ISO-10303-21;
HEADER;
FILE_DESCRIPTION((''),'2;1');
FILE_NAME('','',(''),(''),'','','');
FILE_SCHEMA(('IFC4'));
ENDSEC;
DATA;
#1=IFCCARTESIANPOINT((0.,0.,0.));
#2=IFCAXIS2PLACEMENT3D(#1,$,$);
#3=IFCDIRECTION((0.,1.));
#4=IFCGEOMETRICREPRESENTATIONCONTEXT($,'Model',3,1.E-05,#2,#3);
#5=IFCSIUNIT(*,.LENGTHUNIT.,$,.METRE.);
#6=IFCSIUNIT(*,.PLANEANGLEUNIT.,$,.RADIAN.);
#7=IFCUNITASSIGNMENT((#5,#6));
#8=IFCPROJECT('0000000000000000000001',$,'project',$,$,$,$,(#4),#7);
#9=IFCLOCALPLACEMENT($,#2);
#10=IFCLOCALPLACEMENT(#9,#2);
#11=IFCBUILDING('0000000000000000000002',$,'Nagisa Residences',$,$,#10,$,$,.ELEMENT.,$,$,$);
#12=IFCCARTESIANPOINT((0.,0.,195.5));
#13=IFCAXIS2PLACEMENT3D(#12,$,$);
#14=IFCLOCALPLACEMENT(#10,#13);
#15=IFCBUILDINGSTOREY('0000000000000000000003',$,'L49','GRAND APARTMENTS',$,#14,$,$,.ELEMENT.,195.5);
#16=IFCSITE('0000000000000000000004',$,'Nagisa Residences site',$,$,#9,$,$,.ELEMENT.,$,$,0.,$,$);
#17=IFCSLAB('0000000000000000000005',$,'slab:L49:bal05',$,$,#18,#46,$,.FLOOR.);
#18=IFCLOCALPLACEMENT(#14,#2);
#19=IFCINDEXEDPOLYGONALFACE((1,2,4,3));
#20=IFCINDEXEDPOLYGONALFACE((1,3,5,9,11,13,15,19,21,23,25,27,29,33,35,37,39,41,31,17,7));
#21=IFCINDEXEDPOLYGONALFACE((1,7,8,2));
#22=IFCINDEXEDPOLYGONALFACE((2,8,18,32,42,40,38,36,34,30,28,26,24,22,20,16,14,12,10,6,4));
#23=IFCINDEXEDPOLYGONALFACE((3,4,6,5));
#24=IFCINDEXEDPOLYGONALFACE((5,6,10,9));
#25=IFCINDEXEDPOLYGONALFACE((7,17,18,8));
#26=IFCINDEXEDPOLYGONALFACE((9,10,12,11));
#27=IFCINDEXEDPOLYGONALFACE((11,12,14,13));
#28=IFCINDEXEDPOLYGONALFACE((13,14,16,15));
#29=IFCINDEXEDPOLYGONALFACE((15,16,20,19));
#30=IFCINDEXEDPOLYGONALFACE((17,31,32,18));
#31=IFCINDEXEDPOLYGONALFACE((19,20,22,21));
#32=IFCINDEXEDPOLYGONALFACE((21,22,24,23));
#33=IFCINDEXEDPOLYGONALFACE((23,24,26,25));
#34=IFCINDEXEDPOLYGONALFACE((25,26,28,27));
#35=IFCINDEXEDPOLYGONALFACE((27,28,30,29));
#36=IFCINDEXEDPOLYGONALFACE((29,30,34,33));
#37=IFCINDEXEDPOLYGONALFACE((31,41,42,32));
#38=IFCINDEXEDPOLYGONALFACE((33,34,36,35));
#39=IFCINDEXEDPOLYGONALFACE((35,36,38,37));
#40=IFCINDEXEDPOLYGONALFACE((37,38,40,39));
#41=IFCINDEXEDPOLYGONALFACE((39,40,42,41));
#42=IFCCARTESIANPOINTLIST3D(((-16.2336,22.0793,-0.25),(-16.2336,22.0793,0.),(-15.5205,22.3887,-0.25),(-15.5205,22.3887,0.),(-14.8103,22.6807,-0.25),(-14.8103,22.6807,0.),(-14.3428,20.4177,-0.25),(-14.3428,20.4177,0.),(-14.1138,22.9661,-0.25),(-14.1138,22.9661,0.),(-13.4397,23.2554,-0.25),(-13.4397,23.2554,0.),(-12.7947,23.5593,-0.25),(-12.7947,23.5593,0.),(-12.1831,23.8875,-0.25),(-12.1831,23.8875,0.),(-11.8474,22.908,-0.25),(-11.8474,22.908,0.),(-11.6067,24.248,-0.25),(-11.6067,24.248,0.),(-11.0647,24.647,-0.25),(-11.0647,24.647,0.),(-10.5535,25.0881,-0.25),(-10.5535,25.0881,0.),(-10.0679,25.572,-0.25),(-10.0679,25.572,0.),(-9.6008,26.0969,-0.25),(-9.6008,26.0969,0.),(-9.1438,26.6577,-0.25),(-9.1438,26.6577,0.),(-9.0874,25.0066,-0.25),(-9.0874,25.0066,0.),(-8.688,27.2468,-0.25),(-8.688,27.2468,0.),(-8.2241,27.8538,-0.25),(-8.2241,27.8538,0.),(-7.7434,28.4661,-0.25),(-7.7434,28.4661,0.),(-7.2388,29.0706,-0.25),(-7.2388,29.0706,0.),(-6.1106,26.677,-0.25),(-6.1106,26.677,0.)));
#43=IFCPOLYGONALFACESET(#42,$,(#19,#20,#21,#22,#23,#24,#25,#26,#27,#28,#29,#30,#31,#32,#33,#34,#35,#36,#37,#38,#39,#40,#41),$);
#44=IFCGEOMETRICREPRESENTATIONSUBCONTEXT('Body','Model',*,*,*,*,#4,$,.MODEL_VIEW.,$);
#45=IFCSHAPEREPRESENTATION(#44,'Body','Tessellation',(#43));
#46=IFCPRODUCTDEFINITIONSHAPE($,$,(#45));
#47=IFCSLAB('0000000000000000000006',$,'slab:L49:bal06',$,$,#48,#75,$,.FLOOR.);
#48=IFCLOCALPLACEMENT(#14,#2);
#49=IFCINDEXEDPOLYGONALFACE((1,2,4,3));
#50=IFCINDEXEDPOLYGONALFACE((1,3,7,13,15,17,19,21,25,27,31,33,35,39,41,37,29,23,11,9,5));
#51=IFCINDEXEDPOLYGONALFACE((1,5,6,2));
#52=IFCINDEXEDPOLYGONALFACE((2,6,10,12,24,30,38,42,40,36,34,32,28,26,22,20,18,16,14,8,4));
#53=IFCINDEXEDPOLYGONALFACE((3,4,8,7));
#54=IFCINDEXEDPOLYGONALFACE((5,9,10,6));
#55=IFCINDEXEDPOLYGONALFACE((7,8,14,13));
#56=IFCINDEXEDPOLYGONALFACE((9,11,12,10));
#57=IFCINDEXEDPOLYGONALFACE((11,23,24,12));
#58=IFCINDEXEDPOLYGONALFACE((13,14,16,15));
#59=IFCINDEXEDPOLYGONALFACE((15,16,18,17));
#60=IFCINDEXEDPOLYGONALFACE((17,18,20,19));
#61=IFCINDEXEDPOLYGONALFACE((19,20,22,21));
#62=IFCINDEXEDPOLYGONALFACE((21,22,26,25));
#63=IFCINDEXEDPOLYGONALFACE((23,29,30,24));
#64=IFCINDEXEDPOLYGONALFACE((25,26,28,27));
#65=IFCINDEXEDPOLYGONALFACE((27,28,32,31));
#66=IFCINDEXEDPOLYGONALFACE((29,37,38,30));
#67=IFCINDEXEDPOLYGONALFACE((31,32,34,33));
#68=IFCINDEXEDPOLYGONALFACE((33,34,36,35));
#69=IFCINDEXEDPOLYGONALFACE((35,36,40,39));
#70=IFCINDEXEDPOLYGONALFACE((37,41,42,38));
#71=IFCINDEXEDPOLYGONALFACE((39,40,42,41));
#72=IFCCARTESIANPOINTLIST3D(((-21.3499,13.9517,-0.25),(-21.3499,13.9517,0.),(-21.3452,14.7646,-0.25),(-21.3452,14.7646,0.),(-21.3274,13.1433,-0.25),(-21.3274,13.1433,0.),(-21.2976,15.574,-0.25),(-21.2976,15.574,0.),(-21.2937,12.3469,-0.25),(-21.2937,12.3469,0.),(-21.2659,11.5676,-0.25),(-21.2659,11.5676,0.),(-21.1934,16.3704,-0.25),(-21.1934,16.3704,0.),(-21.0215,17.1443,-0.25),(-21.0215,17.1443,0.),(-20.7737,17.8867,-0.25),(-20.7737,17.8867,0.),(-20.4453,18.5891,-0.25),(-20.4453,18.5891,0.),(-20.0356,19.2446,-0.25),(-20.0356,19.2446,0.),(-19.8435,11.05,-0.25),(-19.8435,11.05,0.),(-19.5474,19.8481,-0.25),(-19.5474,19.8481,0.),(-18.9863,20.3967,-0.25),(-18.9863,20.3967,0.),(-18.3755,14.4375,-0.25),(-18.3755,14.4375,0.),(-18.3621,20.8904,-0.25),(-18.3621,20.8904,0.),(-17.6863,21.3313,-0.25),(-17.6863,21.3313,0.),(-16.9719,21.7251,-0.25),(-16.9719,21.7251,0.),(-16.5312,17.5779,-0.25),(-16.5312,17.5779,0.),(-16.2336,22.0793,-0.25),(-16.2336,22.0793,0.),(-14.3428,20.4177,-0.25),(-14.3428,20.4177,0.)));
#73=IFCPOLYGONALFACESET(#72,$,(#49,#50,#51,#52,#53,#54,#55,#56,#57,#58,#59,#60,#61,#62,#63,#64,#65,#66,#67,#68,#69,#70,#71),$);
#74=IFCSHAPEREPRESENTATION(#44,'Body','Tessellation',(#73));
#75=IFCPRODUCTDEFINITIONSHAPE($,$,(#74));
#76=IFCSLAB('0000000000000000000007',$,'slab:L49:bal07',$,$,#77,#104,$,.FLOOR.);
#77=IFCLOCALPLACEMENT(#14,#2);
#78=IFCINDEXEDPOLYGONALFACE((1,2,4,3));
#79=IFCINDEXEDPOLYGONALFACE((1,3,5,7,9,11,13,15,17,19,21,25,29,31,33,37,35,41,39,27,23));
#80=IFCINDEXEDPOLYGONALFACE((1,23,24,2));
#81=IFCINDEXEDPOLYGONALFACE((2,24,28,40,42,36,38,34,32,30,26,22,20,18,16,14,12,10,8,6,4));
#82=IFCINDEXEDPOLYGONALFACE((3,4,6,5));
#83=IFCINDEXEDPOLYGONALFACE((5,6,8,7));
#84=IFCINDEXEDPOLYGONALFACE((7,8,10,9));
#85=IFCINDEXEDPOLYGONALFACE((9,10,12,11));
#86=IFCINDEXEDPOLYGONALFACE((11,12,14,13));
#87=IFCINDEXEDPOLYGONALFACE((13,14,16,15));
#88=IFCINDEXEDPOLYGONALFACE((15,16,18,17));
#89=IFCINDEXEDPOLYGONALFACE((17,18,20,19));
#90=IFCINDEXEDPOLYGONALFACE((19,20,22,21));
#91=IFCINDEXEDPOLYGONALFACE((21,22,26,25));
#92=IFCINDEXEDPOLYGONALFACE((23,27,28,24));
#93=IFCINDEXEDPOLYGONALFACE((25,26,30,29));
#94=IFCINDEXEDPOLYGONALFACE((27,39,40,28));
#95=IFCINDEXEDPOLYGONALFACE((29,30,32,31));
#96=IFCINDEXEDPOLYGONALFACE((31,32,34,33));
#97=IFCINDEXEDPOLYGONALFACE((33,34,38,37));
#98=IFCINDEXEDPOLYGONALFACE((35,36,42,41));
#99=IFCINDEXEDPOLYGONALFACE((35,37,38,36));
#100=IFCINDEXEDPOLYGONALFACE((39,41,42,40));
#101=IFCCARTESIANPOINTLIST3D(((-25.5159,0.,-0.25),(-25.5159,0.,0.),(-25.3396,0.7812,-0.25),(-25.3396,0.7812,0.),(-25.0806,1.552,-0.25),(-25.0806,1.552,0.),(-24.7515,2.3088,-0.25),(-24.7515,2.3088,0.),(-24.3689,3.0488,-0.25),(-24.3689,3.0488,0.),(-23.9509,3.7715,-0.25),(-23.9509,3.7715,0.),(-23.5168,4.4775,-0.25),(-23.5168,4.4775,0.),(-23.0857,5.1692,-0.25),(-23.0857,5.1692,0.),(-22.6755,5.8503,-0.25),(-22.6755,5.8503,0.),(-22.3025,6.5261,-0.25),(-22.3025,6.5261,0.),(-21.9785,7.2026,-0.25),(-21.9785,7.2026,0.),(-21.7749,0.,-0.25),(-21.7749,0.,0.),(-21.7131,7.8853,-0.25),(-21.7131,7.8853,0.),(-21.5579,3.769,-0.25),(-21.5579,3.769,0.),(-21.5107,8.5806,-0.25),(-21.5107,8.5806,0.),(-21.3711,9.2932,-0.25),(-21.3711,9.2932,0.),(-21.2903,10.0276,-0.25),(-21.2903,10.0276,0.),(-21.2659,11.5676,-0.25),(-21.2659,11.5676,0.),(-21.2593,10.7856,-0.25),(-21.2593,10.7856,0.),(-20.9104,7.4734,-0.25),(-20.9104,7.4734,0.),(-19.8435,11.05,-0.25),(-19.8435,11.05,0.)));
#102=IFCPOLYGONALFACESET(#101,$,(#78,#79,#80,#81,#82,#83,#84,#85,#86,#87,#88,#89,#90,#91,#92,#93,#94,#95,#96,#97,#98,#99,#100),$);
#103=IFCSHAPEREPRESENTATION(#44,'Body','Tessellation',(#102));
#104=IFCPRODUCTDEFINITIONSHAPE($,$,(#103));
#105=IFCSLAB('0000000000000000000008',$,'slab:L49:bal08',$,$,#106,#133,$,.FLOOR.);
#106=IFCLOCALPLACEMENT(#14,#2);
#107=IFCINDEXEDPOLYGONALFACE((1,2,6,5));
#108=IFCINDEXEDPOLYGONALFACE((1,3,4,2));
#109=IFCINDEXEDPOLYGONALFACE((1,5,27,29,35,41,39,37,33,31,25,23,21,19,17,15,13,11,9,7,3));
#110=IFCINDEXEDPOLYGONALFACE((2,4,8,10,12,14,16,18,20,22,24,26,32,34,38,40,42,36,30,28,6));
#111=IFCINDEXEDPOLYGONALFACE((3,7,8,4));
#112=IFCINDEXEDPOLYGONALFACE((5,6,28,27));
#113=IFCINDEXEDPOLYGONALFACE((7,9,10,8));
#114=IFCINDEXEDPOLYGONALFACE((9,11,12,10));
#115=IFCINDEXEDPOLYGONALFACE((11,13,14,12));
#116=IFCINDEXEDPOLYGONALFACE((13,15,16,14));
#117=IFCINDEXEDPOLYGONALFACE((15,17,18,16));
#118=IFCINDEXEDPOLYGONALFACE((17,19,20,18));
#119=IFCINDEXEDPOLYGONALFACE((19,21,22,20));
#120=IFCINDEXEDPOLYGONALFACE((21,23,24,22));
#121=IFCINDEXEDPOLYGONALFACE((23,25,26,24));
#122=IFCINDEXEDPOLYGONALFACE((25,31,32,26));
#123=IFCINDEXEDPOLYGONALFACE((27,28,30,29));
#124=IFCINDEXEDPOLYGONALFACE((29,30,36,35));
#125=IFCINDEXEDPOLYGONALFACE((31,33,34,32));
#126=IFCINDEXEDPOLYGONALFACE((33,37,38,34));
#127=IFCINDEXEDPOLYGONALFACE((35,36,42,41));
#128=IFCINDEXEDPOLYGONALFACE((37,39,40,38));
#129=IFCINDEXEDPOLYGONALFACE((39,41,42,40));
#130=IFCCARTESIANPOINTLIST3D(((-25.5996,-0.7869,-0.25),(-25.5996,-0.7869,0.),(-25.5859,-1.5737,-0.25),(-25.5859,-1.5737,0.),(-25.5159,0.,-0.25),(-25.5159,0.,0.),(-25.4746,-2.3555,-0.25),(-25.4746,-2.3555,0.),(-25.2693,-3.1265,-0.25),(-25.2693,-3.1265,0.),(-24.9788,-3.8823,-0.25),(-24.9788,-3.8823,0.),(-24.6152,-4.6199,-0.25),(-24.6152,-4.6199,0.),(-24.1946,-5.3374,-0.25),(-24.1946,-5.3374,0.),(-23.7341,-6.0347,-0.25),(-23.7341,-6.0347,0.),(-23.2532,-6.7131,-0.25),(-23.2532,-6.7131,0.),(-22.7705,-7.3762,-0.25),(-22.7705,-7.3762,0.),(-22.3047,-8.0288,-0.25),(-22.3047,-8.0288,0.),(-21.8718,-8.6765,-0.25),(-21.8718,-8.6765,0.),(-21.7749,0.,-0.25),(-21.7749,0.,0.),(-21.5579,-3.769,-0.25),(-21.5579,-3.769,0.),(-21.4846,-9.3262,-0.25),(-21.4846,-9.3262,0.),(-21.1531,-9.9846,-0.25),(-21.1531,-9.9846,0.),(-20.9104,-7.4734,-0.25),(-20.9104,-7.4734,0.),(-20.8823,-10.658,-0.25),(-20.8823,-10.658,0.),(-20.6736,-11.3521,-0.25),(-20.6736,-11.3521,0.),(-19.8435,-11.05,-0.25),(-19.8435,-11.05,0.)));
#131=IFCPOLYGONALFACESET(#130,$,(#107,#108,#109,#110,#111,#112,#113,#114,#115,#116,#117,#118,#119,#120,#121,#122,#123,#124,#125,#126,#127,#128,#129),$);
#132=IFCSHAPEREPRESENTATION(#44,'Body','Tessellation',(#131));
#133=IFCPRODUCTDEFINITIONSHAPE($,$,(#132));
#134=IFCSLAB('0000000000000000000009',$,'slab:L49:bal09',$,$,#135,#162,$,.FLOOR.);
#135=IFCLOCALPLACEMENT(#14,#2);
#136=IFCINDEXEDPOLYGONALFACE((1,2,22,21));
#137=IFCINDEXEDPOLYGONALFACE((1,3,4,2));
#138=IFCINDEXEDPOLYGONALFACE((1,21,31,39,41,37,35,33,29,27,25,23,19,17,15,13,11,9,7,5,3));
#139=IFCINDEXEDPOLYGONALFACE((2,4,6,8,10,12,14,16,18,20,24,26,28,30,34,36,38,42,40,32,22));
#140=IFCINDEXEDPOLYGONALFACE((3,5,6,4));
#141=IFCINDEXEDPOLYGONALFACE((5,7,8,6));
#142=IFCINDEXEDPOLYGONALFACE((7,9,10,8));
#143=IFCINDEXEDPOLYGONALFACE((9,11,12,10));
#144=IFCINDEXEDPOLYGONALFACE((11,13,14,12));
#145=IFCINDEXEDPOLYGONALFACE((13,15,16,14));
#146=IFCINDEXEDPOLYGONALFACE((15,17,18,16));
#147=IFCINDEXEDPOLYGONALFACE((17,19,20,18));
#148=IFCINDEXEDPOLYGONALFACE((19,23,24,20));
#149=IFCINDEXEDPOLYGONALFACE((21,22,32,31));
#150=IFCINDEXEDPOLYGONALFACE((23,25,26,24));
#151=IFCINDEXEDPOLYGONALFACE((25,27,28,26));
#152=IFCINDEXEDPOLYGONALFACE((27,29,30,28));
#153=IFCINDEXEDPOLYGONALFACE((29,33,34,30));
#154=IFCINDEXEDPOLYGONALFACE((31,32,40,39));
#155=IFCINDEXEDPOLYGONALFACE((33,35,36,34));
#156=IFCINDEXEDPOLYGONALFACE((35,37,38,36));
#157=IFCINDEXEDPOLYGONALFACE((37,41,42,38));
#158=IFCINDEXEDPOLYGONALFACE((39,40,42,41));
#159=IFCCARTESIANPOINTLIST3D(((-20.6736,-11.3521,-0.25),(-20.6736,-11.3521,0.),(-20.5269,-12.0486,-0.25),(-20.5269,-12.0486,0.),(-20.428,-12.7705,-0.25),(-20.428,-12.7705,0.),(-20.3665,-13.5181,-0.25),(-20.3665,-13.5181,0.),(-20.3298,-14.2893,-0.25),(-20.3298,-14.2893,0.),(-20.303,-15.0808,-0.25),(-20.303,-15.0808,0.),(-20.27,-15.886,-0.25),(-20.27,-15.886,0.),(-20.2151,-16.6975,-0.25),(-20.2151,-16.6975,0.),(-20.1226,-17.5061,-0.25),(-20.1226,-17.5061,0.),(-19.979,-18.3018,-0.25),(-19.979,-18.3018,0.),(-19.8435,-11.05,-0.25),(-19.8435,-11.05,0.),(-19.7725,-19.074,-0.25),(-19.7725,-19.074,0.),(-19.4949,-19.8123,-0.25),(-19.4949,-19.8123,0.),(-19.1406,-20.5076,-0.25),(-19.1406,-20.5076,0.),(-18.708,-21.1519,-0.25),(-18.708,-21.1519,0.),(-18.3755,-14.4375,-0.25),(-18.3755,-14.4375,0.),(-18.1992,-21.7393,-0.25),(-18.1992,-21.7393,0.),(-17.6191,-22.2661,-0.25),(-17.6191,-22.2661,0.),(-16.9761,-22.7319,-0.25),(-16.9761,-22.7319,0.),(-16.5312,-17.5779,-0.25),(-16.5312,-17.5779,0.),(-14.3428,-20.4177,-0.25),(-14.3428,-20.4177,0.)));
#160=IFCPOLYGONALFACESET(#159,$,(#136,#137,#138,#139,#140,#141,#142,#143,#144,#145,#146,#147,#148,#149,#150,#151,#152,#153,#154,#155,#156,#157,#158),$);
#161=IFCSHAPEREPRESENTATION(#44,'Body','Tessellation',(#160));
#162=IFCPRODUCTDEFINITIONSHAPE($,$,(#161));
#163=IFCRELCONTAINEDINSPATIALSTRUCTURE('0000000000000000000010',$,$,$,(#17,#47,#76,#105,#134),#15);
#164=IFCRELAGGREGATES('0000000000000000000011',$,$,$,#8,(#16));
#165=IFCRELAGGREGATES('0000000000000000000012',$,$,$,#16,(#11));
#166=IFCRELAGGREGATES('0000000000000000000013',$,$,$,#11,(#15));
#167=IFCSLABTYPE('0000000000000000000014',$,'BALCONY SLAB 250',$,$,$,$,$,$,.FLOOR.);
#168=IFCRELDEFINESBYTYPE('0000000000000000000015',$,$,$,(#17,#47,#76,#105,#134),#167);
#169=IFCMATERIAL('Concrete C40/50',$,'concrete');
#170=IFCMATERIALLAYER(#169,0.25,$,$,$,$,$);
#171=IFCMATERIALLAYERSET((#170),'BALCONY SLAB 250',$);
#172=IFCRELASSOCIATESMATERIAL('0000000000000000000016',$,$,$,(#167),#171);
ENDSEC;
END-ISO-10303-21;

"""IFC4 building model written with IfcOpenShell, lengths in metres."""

from ifc_helpers import new_model, si_unit, direction, frame, origin, place, context, subcontext, project, spatial, polyline, outline, extrude, material, layer, layer_set, type_object, element, save


model = new_model("IFC4")

# Units and contexts
model_context = context("Model", 3, precision=1e-05, world=origin(), true_north=direction((0.0, 1.0)))
body_context = subcontext(model_context, "Body", "Model", "MODEL_VIEW")
ifc_project = project(units=[si_unit("LENGTHUNIT", "METRE"), si_unit("PLANEANGLEUNIT", "RADIAN")], contexts=[model_context])

# Site, building, storey
site_placement = place(None, origin())
site = spatial("IfcSite", under=ifc_project, at=site_placement, Name="Nagisa Residences site", CompositionType="ELEMENT", RefElevation=0.0)
building_placement = place(site_placement, origin())
building = spatial("IfcBuilding", under=site, at=building_placement, Name="Nagisa Residences", CompositionType="ELEMENT")
storey_placement = place(building_placement, frame((0.0, 0.0, 195.5)))
storey = spatial("IfcBuildingStorey", under=building, at=storey_placement, Name="L49", Description="GRAND APARTMENTS", CompositionType="ELEMENT", Elevation=195.5)

# Slabs
ifc_material_1 = material(Name="Concrete C40/50", Category="concrete")
ifc_layer_1 = layer(ifc_material_1, 0.25)
ifc_layer_set_1 = layer_set([ifc_layer_1], Name="BALCONY SLAB 250")
slab_type_1 = type_object("IfcSlabType", Name="BALCONY SLAB 250", PredefinedType="FLOOR", material=ifc_layer_set_1)
slab_1_placement = place(storey_placement, frame((0.0, 0.0, -0.25)))
element("IfcSlab", 1, at=slab_1_placement, inside=storey, type_object=slab_type_1, Name="slab:L49:bal05", PredefinedType="FLOOR", context=body_context, shape_type="SweptSolid", body=[
    extrude(outline(polyline([(-7.2388, 29.0706), (-7.7434, 28.4661), (-8.2241, 27.8538), (-8.688, 27.2468), (-9.1438, 26.6577), (-9.6008, 26.0969), (-10.0679, 25.572), (-10.5535, 25.0881), (-11.0647, 24.647), (-11.6067, 24.248), (-12.1831, 23.8875), (-12.7947, 23.5593), (-13.4397, 23.2554), (-14.1138, 22.9661), (-14.8103, 22.6807), (-15.5205, 22.3887), (-16.2336, 22.0793), (-14.3428, 20.4177), (-11.8474, 22.908), (-9.0874, 25.0066), (-6.1106, 26.677), (-7.2388, 29.0706)])), origin(), (0.0, 0.0, 1.0), 0.25),
])
slab_2_placement = place(storey_placement, frame((0.0, 0.0, -0.25)))
element("IfcSlab", 2, at=slab_2_placement, inside=storey, type_object=slab_type_1, Name="slab:L49:bal06", PredefinedType="FLOOR", context=body_context, shape_type="SweptSolid", body=[
    extrude(outline(polyline([(-16.2336, 22.0793), (-16.9719, 21.7251), (-17.6863, 21.3313), (-18.3621, 20.8904), (-18.9863, 20.3967), (-19.5474, 19.8481), (-20.0356, 19.2446), (-20.4453, 18.5891), (-20.7737, 17.8867), (-21.0215, 17.1443), (-21.1934, 16.3704), (-21.2976, 15.574), (-21.3452, 14.7646), (-21.3499, 13.9517), (-21.3274, 13.1433), (-21.2937, 12.3469), (-21.2659, 11.5676), (-19.8435, 11.05), (-18.3755, 14.4375), (-16.5312, 17.5779), (-14.3428, 20.4177), (-16.2336, 22.0793)])), origin(), (0.0, 0.0, 1.0), 0.25),
])
slab_3_placement = place(storey_placement, frame((0.0, 0.0, -0.25)))
element("IfcSlab", 3, at=slab_3_placement, inside=storey, type_object=slab_type_1, Name="slab:L49:bal07", PredefinedType="FLOOR", context=body_context, shape_type="SweptSolid", body=[
    extrude(outline(polyline([(-21.2659, 11.5676), (-21.2593, 10.7856), (-21.2903, 10.0276), (-21.3711, 9.2932), (-21.5107, 8.5806), (-21.7131, 7.8853), (-21.9785, 7.2026), (-22.3025, 6.5261), (-22.6755, 5.8503), (-23.0857, 5.1692), (-23.5168, 4.4775), (-23.9509, 3.7715), (-24.3689, 3.0488), (-24.7515, 2.3088), (-25.0806, 1.552), (-25.3396, 0.7812), (-25.5159, 0.0), (-21.7749, 0.0), (-21.5579, 3.769), (-20.9104, 7.4734), (-19.8435, 11.05), (-21.2659, 11.5676)])), origin(), (0.0, 0.0, 1.0), 0.25),
])
slab_4_placement = place(storey_placement, frame((0.0, 0.0, -0.25)))
element("IfcSlab", 4, at=slab_4_placement, inside=storey, type_object=slab_type_1, Name="slab:L49:bal08", PredefinedType="FLOOR", context=body_context, shape_type="SweptSolid", body=[
    extrude(outline(polyline([(-25.5159, 0.0), (-25.5996, -0.7869), (-25.5859, -1.5737), (-25.4746, -2.3555), (-25.2693, -3.1265), (-24.9788, -3.8823), (-24.6152, -4.6199), (-24.1946, -5.3374), (-23.7341, -6.0347), (-23.2532, -6.7131), (-22.7705, -7.3762), (-22.3047, -8.0288), (-21.8718, -8.6765), (-21.4846, -9.3262), (-21.1531, -9.9846), (-20.8823, -10.658), (-20.6736, -11.3521), (-19.8435, -11.05), (-20.9104, -7.4734), (-21.5579, -3.769), (-21.7749, 0.0), (-25.5159, 0.0)])), origin(), (0.0, 0.0, 1.0), 0.25),
])
slab_5_placement = place(storey_placement, frame((0.0, 0.0, -0.25)))
element("IfcSlab", 5, at=slab_5_placement, inside=storey, type_object=slab_type_1, Name="slab:L49:bal09", PredefinedType="FLOOR", context=body_context, shape_type="SweptSolid", body=[
    extrude(outline(polyline([(-20.6736, -11.3521), (-20.5269, -12.0486), (-20.428, -12.7705), (-20.3665, -13.5181), (-20.3298, -14.2893), (-20.303, -15.0808), (-20.27, -15.886), (-20.2151, -16.6975), (-20.1226, -17.5061), (-19.979, -18.3018), (-19.7725, -19.074), (-19.4949, -19.8123), (-19.1406, -20.5076), (-18.708, -21.1519), (-18.1992, -21.7393), (-17.6191, -22.2661), (-16.9761, -22.7319), (-14.3428, -20.4177), (-16.5312, -17.5779), (-18.3755, -14.4375), (-19.8435, -11.05), (-20.6736, -11.3521)])), origin(), (0.0, 0.0, 1.0), 0.25),
])

save(model, "model.ifc")
